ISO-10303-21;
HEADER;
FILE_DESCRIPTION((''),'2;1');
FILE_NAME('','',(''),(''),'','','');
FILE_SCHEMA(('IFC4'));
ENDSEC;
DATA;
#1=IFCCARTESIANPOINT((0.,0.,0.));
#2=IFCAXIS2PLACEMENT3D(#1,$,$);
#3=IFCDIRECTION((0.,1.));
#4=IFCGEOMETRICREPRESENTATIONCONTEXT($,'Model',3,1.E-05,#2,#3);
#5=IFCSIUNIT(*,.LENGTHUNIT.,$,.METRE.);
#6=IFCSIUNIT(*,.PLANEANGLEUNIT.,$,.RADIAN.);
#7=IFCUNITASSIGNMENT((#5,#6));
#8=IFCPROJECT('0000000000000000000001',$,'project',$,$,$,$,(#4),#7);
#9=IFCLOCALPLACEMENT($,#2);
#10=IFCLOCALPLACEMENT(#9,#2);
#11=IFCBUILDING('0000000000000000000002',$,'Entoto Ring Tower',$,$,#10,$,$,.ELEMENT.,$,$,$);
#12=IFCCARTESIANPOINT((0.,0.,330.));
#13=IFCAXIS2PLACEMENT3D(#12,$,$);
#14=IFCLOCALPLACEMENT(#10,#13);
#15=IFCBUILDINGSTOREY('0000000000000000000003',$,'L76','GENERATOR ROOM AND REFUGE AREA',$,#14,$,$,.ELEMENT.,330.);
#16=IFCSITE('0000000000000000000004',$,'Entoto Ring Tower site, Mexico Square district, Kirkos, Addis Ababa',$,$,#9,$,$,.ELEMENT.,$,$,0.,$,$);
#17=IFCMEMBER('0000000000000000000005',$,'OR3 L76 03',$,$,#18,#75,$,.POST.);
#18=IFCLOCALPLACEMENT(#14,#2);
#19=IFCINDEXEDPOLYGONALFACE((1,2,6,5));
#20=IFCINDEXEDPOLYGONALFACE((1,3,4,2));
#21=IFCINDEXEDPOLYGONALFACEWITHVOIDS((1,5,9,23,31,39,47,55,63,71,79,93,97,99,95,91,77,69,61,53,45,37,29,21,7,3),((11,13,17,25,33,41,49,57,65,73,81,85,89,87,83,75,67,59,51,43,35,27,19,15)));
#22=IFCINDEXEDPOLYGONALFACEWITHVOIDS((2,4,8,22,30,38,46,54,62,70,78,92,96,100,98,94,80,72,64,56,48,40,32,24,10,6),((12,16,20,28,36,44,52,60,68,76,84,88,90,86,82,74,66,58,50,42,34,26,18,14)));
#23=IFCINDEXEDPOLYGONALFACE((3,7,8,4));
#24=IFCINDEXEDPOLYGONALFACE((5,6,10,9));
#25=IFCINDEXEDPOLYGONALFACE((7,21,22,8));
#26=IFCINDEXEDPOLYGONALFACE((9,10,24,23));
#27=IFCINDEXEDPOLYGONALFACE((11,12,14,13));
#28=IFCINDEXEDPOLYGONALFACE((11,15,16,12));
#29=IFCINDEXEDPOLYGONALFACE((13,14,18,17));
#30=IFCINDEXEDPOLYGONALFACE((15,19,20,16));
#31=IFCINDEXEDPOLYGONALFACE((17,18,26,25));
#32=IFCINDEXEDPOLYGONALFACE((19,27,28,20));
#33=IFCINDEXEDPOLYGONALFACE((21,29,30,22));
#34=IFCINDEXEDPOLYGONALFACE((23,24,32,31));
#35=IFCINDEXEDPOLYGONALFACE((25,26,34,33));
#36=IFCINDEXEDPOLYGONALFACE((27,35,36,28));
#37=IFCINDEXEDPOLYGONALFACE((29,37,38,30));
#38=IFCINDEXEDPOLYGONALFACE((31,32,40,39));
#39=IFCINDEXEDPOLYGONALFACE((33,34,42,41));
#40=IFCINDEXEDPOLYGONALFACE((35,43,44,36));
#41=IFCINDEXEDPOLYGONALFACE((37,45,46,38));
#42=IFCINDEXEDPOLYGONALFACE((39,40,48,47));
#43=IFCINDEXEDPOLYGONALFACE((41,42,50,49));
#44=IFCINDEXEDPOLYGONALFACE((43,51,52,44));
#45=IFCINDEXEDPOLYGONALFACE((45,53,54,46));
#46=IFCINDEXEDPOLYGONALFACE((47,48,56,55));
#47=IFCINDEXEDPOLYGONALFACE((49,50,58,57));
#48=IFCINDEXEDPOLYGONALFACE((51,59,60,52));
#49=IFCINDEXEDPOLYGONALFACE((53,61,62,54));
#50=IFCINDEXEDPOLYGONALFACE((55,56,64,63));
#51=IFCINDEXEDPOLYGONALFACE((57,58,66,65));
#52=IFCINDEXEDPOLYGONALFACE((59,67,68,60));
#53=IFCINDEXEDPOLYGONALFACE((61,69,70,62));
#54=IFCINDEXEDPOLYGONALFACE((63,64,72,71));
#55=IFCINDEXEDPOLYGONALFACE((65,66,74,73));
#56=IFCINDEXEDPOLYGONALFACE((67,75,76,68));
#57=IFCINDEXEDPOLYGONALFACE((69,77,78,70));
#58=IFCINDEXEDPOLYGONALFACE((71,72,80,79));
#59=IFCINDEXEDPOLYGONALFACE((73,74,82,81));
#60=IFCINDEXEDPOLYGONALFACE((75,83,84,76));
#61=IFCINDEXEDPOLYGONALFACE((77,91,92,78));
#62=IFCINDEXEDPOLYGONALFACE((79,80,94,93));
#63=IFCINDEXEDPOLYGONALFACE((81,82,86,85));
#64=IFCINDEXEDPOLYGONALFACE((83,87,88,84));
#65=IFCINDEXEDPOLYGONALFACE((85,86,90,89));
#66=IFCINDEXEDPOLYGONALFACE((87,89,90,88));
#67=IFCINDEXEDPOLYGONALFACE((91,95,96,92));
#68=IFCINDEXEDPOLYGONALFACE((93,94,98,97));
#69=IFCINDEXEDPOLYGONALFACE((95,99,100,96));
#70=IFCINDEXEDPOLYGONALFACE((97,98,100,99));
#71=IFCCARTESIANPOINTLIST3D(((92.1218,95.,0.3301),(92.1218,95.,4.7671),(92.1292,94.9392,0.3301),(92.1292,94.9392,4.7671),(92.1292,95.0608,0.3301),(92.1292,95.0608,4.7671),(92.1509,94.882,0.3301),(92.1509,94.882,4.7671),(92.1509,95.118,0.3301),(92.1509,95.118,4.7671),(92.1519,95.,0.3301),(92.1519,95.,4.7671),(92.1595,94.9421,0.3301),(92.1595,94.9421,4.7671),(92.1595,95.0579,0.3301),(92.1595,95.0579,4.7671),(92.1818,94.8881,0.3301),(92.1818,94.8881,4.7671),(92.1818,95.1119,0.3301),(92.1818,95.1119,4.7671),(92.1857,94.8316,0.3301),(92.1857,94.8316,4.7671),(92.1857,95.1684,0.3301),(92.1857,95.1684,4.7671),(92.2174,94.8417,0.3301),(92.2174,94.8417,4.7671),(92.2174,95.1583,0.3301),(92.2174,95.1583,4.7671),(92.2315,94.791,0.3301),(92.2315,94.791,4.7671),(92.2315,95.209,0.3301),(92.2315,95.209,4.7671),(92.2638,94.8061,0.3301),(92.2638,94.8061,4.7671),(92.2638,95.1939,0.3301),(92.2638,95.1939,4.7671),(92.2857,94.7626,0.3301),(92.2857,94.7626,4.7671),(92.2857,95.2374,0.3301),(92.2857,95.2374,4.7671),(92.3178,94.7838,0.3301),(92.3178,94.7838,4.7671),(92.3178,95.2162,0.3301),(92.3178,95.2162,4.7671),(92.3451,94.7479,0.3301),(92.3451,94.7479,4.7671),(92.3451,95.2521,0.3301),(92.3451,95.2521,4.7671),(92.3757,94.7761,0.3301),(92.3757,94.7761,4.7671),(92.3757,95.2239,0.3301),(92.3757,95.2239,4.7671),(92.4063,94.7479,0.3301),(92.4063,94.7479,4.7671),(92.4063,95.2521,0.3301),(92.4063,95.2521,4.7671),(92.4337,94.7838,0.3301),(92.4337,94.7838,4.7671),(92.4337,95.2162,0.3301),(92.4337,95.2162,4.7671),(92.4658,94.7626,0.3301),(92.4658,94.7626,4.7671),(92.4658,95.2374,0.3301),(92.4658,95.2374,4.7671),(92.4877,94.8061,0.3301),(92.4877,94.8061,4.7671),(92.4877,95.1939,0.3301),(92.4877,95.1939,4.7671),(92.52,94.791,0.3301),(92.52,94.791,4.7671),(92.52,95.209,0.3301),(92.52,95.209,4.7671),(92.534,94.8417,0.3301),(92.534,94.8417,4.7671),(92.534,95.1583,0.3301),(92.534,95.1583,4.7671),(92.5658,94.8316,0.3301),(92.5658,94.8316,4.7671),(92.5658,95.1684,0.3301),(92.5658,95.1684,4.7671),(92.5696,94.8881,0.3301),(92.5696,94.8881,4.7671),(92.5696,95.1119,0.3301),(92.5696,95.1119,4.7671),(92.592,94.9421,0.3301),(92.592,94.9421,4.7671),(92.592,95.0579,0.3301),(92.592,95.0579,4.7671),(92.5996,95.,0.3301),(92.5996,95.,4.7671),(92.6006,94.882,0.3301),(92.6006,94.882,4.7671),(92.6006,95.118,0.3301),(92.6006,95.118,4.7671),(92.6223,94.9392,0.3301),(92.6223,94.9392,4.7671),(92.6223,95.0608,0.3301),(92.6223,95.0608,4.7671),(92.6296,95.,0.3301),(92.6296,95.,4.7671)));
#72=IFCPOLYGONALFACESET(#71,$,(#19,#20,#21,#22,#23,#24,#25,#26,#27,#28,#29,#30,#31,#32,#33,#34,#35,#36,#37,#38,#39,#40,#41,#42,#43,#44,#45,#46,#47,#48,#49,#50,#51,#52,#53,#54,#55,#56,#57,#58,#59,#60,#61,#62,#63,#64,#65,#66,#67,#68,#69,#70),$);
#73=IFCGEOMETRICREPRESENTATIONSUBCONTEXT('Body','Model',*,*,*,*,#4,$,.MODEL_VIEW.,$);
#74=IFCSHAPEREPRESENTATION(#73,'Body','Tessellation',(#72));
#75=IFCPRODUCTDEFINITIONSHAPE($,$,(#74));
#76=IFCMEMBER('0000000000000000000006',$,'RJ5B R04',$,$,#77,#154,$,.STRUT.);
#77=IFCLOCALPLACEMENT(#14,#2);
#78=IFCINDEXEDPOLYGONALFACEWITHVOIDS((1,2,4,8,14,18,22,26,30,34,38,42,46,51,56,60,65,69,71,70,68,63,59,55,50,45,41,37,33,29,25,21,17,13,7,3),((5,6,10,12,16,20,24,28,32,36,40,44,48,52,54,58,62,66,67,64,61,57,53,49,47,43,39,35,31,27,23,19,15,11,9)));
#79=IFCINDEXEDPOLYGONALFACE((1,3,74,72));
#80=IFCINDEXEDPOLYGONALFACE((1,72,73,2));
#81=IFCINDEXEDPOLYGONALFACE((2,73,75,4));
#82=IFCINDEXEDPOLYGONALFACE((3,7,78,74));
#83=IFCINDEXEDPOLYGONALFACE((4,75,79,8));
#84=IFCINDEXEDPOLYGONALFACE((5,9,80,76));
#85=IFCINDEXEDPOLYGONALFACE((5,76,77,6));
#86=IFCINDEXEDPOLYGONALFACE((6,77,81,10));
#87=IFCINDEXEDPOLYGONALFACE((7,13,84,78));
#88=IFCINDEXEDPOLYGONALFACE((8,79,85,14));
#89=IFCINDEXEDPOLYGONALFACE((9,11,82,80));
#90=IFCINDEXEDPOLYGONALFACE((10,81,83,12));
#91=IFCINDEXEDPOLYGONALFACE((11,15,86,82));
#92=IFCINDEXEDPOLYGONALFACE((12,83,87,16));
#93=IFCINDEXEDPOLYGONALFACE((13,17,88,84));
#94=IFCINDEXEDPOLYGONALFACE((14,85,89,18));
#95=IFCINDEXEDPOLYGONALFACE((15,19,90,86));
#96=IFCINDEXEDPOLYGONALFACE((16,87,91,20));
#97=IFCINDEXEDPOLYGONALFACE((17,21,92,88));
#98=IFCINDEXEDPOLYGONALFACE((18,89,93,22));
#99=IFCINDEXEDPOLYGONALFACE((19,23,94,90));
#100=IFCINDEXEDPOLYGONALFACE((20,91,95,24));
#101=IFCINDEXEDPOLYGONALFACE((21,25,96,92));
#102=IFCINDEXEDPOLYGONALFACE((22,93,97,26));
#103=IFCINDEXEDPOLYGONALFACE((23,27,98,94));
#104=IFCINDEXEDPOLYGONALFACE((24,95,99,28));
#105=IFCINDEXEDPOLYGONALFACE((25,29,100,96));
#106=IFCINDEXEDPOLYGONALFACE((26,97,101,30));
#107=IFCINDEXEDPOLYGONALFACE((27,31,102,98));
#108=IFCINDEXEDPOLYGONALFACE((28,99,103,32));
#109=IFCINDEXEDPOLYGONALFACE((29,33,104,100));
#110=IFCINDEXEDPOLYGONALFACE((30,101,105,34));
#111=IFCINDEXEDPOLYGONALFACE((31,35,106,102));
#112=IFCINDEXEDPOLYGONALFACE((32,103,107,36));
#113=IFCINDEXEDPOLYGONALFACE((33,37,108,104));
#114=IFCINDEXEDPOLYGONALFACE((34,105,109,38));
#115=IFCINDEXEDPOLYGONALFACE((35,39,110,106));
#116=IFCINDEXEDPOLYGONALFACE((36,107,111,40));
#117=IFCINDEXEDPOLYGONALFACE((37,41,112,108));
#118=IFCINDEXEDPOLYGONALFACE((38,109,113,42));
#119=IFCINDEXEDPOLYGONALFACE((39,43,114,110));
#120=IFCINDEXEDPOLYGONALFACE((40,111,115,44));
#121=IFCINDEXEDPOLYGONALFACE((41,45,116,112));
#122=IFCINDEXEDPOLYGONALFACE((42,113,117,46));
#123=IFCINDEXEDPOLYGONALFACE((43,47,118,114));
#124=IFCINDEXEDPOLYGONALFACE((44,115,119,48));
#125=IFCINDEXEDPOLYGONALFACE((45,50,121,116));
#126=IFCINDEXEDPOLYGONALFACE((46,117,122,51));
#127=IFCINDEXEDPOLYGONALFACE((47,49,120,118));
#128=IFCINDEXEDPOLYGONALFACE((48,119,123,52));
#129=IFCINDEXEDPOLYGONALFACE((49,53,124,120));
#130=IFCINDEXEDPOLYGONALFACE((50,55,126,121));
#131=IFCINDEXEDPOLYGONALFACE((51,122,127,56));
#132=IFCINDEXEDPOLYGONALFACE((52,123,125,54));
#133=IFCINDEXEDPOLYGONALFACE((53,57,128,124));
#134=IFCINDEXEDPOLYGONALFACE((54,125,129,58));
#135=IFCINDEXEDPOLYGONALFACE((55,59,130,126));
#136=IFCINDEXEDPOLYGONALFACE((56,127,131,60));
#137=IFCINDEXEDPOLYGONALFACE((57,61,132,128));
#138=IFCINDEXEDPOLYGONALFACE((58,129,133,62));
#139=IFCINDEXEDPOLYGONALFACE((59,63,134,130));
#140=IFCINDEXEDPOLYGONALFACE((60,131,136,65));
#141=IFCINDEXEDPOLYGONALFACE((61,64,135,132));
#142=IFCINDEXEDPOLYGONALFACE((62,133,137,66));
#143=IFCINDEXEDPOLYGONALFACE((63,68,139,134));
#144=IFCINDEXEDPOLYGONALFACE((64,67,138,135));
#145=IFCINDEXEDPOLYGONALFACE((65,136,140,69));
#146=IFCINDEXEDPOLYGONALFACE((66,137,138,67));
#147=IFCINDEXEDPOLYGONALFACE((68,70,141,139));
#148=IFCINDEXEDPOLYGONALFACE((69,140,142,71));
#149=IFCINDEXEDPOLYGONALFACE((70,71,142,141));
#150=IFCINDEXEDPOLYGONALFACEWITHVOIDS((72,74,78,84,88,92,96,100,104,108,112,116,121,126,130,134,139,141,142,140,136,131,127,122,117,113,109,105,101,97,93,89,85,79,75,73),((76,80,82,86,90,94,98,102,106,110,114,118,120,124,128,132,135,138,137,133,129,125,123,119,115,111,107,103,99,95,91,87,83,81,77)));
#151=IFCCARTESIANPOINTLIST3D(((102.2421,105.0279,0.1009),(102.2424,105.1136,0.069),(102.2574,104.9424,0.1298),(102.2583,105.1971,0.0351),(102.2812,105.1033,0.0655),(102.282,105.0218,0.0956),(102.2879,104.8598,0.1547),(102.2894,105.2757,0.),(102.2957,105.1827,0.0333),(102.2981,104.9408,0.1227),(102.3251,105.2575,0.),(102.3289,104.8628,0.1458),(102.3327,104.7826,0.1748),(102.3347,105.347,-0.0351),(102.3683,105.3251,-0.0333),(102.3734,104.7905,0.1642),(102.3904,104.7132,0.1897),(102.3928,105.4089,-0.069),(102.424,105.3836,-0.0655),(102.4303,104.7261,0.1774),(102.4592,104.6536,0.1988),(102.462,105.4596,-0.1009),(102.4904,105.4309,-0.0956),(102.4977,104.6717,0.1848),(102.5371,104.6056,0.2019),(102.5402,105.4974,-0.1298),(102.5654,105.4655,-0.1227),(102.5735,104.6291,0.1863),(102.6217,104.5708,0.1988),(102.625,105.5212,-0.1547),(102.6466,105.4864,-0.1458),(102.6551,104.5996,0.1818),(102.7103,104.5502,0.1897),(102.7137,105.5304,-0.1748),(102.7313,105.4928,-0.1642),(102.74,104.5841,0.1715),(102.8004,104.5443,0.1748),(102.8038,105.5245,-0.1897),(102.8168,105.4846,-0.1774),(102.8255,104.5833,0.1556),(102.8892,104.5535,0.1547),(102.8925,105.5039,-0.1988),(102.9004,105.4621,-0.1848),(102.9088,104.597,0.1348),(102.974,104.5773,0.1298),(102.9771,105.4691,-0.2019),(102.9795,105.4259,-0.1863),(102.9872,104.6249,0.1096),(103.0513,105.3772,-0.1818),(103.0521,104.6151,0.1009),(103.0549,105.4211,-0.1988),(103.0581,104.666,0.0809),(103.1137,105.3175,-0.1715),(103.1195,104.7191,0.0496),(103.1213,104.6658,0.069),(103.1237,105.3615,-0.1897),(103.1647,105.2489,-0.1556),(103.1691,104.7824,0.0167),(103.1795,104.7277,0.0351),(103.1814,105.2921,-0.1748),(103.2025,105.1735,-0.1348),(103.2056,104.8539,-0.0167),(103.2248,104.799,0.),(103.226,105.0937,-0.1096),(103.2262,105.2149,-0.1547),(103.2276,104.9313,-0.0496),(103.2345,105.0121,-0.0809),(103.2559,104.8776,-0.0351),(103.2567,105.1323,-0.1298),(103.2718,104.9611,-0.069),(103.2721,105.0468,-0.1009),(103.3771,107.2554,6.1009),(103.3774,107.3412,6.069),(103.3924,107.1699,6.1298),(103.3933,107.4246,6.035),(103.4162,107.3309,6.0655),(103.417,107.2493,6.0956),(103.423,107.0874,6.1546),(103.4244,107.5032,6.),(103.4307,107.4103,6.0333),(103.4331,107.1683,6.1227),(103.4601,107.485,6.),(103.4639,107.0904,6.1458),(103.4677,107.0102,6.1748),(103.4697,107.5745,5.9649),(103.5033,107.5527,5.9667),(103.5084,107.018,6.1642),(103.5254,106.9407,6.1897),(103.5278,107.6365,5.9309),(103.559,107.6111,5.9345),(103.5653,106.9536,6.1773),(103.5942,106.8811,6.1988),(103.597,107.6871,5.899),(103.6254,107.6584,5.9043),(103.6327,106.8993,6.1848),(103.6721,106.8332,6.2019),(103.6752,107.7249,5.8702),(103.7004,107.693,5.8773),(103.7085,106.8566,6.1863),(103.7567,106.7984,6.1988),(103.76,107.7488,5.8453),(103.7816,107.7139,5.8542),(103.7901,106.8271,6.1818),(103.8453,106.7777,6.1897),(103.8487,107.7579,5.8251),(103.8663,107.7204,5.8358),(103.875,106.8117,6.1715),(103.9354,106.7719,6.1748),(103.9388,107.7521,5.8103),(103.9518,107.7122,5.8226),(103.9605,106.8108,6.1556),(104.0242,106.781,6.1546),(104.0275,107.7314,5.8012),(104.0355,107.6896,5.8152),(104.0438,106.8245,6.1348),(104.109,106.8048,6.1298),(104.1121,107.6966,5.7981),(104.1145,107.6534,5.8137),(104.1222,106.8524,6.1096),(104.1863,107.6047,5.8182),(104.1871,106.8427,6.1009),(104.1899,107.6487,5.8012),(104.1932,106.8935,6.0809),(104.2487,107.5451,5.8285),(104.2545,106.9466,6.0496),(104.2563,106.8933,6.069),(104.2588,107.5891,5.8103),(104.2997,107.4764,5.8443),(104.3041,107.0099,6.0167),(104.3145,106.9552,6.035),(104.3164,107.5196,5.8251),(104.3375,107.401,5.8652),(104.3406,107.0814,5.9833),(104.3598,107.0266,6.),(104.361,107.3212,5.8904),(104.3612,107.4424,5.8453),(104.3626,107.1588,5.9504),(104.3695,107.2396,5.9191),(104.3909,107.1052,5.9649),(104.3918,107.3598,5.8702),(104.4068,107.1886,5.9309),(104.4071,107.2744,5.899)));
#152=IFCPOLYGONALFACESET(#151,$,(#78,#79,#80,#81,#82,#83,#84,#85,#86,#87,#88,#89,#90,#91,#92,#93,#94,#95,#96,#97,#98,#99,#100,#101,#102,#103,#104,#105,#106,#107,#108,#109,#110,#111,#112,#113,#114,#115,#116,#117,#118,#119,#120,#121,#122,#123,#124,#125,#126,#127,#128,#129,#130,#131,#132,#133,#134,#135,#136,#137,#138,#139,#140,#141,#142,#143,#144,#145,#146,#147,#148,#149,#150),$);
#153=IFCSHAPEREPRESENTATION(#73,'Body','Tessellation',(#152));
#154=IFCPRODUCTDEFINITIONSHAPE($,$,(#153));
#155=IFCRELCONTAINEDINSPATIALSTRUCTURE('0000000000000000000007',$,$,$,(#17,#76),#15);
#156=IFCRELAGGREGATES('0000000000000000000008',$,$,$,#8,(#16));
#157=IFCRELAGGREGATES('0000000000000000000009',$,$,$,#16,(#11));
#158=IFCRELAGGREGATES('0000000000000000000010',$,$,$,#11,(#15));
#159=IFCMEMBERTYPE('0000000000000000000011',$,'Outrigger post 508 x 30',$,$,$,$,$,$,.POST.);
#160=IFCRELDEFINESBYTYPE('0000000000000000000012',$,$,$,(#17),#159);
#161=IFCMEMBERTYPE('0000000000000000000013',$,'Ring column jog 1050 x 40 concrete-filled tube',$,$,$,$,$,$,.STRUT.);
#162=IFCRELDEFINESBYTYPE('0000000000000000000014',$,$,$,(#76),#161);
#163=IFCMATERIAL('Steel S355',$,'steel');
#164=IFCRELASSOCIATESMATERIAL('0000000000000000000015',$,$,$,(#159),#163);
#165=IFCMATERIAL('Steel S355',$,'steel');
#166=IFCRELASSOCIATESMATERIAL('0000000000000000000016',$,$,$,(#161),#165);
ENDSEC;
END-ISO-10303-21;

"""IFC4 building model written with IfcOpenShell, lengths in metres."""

from ifc_helpers import new_model, si_unit, direction, frame, origin, origin_2d, place, context, subcontext, project, spatial, circle, hollow_circle, extrude, material, material_profile, profile_set, type_object, element, save


model = new_model("IFC4")

# Units and contexts
model_context = context("Model", 3, precision=1e-05, world=origin(), true_north=direction((0.0, 1.0)))
body_context = subcontext(model_context, "Body", "Model", "MODEL_VIEW")
ifc_project = project(units=[si_unit("LENGTHUNIT", "METRE"), si_unit("PLANEANGLEUNIT", "RADIAN")], contexts=[model_context])

# Site, building, storey
site_placement = place(None, origin())
site = spatial("IfcSite", under=ifc_project, at=site_placement, Name="Entoto Ring Tower site, Mexico Square district, Kirkos, Addis Ababa", CompositionType="ELEMENT", RefElevation=0.0)
building_placement = place(site_placement, origin())
building = spatial("IfcBuilding", under=site, at=building_placement, Name="Entoto Ring Tower", CompositionType="ELEMENT")
storey_placement = place(building_placement, frame((0.0, 0.0, 330.0)))
storey = spatial("IfcBuildingStorey", under=building, at=storey_placement, Name="L76", Description="GENERATOR ROOM AND REFUGE AREA", CompositionType="ELEMENT", Elevation=330.0)

# Members
ifc_material_1 = material(Name="Steel S355", Category="steel")
ifc_material_profile_1 = material_profile(ifc_material_1, hollow_circle(Radius=0.2539, WallThickness=0.03, at=origin_2d()), Name="CHS 508 x 30")
ifc_material_2 = material(Name="Concrete C60/75", Category="concrete")
ifc_material_profile_2 = material_profile(ifc_material_2, circle(Radius=0.2241, at=origin_2d()), Name="Concrete C60/75 infill")
ifc_profile_set_1 = profile_set([ifc_material_profile_1, ifc_material_profile_2], Name="Steel S355")
member_type_1 = type_object("IfcMemberType", Name="Outrigger post 508 x 30", PredefinedType="POST", material=ifc_profile_set_1)
member_1_placement = place(storey_placement, frame((92.3757, 95.0, 0.3301), z_axis=(0.0, 0.0, 1.0), x_axis=(1.0, 0.0, 0.0)))
element("IfcMember", 1, at=member_1_placement, inside=storey, type_object=member_type_1, Name="OR3 L76 03", PredefinedType="POST", context=body_context, shape_type="SweptSolid", body=[
    extrude(hollow_circle(Radius=0.2539, WallThickness=0.03, at=origin_2d()), origin(), (0.0, 0.0, 1.0), 4.437),
])
ifc_material_3 = material(Name="Steel S355", Category="steel")
ifc_material_profile_3 = material_profile(ifc_material_3, hollow_circle(Radius=0.5249, WallThickness=0.04, at=origin_2d()), Name="CHS 1050 x 40")
ifc_material_4 = material(Name="Concrete C60/75", Category="concrete")
ifc_material_profile_4 = material_profile(ifc_material_4, circle(Radius=0.4851, at=origin_2d()), Name="Concrete C60/75 infill")
ifc_profile_set_2 = profile_set([ifc_material_profile_3, ifc_material_profile_4], Name="Steel S355")
member_type_2 = type_object("IfcMemberType", Name="Ring column jog 1050 x 40 concrete-filled tube", PredefinedType="STRUT", material=ifc_profile_set_2)
for number, where, z_axis, x_axis, name in (
    (2, (102.7571, 105.0374, 0.0), (0.174617, 0.342698, 0.923075), (-0.891003, 0.453997, 0.0), "RJ5B R04"),
):
    element("IfcMember", number, at=place(storey_placement, frame(where, z_axis=z_axis, x_axis=x_axis)), inside=storey, type_object=member_type_2, Name=name, PredefinedType="STRUT", context=body_context, shape_type="SweptSolid", body=[
        extrude(hollow_circle(Radius=0.5249, WallThickness=0.04, at=origin_2d()), origin(), (0.0, 0.0, 1.0), 6.5),
    ])

save(model, "model.ifc")
